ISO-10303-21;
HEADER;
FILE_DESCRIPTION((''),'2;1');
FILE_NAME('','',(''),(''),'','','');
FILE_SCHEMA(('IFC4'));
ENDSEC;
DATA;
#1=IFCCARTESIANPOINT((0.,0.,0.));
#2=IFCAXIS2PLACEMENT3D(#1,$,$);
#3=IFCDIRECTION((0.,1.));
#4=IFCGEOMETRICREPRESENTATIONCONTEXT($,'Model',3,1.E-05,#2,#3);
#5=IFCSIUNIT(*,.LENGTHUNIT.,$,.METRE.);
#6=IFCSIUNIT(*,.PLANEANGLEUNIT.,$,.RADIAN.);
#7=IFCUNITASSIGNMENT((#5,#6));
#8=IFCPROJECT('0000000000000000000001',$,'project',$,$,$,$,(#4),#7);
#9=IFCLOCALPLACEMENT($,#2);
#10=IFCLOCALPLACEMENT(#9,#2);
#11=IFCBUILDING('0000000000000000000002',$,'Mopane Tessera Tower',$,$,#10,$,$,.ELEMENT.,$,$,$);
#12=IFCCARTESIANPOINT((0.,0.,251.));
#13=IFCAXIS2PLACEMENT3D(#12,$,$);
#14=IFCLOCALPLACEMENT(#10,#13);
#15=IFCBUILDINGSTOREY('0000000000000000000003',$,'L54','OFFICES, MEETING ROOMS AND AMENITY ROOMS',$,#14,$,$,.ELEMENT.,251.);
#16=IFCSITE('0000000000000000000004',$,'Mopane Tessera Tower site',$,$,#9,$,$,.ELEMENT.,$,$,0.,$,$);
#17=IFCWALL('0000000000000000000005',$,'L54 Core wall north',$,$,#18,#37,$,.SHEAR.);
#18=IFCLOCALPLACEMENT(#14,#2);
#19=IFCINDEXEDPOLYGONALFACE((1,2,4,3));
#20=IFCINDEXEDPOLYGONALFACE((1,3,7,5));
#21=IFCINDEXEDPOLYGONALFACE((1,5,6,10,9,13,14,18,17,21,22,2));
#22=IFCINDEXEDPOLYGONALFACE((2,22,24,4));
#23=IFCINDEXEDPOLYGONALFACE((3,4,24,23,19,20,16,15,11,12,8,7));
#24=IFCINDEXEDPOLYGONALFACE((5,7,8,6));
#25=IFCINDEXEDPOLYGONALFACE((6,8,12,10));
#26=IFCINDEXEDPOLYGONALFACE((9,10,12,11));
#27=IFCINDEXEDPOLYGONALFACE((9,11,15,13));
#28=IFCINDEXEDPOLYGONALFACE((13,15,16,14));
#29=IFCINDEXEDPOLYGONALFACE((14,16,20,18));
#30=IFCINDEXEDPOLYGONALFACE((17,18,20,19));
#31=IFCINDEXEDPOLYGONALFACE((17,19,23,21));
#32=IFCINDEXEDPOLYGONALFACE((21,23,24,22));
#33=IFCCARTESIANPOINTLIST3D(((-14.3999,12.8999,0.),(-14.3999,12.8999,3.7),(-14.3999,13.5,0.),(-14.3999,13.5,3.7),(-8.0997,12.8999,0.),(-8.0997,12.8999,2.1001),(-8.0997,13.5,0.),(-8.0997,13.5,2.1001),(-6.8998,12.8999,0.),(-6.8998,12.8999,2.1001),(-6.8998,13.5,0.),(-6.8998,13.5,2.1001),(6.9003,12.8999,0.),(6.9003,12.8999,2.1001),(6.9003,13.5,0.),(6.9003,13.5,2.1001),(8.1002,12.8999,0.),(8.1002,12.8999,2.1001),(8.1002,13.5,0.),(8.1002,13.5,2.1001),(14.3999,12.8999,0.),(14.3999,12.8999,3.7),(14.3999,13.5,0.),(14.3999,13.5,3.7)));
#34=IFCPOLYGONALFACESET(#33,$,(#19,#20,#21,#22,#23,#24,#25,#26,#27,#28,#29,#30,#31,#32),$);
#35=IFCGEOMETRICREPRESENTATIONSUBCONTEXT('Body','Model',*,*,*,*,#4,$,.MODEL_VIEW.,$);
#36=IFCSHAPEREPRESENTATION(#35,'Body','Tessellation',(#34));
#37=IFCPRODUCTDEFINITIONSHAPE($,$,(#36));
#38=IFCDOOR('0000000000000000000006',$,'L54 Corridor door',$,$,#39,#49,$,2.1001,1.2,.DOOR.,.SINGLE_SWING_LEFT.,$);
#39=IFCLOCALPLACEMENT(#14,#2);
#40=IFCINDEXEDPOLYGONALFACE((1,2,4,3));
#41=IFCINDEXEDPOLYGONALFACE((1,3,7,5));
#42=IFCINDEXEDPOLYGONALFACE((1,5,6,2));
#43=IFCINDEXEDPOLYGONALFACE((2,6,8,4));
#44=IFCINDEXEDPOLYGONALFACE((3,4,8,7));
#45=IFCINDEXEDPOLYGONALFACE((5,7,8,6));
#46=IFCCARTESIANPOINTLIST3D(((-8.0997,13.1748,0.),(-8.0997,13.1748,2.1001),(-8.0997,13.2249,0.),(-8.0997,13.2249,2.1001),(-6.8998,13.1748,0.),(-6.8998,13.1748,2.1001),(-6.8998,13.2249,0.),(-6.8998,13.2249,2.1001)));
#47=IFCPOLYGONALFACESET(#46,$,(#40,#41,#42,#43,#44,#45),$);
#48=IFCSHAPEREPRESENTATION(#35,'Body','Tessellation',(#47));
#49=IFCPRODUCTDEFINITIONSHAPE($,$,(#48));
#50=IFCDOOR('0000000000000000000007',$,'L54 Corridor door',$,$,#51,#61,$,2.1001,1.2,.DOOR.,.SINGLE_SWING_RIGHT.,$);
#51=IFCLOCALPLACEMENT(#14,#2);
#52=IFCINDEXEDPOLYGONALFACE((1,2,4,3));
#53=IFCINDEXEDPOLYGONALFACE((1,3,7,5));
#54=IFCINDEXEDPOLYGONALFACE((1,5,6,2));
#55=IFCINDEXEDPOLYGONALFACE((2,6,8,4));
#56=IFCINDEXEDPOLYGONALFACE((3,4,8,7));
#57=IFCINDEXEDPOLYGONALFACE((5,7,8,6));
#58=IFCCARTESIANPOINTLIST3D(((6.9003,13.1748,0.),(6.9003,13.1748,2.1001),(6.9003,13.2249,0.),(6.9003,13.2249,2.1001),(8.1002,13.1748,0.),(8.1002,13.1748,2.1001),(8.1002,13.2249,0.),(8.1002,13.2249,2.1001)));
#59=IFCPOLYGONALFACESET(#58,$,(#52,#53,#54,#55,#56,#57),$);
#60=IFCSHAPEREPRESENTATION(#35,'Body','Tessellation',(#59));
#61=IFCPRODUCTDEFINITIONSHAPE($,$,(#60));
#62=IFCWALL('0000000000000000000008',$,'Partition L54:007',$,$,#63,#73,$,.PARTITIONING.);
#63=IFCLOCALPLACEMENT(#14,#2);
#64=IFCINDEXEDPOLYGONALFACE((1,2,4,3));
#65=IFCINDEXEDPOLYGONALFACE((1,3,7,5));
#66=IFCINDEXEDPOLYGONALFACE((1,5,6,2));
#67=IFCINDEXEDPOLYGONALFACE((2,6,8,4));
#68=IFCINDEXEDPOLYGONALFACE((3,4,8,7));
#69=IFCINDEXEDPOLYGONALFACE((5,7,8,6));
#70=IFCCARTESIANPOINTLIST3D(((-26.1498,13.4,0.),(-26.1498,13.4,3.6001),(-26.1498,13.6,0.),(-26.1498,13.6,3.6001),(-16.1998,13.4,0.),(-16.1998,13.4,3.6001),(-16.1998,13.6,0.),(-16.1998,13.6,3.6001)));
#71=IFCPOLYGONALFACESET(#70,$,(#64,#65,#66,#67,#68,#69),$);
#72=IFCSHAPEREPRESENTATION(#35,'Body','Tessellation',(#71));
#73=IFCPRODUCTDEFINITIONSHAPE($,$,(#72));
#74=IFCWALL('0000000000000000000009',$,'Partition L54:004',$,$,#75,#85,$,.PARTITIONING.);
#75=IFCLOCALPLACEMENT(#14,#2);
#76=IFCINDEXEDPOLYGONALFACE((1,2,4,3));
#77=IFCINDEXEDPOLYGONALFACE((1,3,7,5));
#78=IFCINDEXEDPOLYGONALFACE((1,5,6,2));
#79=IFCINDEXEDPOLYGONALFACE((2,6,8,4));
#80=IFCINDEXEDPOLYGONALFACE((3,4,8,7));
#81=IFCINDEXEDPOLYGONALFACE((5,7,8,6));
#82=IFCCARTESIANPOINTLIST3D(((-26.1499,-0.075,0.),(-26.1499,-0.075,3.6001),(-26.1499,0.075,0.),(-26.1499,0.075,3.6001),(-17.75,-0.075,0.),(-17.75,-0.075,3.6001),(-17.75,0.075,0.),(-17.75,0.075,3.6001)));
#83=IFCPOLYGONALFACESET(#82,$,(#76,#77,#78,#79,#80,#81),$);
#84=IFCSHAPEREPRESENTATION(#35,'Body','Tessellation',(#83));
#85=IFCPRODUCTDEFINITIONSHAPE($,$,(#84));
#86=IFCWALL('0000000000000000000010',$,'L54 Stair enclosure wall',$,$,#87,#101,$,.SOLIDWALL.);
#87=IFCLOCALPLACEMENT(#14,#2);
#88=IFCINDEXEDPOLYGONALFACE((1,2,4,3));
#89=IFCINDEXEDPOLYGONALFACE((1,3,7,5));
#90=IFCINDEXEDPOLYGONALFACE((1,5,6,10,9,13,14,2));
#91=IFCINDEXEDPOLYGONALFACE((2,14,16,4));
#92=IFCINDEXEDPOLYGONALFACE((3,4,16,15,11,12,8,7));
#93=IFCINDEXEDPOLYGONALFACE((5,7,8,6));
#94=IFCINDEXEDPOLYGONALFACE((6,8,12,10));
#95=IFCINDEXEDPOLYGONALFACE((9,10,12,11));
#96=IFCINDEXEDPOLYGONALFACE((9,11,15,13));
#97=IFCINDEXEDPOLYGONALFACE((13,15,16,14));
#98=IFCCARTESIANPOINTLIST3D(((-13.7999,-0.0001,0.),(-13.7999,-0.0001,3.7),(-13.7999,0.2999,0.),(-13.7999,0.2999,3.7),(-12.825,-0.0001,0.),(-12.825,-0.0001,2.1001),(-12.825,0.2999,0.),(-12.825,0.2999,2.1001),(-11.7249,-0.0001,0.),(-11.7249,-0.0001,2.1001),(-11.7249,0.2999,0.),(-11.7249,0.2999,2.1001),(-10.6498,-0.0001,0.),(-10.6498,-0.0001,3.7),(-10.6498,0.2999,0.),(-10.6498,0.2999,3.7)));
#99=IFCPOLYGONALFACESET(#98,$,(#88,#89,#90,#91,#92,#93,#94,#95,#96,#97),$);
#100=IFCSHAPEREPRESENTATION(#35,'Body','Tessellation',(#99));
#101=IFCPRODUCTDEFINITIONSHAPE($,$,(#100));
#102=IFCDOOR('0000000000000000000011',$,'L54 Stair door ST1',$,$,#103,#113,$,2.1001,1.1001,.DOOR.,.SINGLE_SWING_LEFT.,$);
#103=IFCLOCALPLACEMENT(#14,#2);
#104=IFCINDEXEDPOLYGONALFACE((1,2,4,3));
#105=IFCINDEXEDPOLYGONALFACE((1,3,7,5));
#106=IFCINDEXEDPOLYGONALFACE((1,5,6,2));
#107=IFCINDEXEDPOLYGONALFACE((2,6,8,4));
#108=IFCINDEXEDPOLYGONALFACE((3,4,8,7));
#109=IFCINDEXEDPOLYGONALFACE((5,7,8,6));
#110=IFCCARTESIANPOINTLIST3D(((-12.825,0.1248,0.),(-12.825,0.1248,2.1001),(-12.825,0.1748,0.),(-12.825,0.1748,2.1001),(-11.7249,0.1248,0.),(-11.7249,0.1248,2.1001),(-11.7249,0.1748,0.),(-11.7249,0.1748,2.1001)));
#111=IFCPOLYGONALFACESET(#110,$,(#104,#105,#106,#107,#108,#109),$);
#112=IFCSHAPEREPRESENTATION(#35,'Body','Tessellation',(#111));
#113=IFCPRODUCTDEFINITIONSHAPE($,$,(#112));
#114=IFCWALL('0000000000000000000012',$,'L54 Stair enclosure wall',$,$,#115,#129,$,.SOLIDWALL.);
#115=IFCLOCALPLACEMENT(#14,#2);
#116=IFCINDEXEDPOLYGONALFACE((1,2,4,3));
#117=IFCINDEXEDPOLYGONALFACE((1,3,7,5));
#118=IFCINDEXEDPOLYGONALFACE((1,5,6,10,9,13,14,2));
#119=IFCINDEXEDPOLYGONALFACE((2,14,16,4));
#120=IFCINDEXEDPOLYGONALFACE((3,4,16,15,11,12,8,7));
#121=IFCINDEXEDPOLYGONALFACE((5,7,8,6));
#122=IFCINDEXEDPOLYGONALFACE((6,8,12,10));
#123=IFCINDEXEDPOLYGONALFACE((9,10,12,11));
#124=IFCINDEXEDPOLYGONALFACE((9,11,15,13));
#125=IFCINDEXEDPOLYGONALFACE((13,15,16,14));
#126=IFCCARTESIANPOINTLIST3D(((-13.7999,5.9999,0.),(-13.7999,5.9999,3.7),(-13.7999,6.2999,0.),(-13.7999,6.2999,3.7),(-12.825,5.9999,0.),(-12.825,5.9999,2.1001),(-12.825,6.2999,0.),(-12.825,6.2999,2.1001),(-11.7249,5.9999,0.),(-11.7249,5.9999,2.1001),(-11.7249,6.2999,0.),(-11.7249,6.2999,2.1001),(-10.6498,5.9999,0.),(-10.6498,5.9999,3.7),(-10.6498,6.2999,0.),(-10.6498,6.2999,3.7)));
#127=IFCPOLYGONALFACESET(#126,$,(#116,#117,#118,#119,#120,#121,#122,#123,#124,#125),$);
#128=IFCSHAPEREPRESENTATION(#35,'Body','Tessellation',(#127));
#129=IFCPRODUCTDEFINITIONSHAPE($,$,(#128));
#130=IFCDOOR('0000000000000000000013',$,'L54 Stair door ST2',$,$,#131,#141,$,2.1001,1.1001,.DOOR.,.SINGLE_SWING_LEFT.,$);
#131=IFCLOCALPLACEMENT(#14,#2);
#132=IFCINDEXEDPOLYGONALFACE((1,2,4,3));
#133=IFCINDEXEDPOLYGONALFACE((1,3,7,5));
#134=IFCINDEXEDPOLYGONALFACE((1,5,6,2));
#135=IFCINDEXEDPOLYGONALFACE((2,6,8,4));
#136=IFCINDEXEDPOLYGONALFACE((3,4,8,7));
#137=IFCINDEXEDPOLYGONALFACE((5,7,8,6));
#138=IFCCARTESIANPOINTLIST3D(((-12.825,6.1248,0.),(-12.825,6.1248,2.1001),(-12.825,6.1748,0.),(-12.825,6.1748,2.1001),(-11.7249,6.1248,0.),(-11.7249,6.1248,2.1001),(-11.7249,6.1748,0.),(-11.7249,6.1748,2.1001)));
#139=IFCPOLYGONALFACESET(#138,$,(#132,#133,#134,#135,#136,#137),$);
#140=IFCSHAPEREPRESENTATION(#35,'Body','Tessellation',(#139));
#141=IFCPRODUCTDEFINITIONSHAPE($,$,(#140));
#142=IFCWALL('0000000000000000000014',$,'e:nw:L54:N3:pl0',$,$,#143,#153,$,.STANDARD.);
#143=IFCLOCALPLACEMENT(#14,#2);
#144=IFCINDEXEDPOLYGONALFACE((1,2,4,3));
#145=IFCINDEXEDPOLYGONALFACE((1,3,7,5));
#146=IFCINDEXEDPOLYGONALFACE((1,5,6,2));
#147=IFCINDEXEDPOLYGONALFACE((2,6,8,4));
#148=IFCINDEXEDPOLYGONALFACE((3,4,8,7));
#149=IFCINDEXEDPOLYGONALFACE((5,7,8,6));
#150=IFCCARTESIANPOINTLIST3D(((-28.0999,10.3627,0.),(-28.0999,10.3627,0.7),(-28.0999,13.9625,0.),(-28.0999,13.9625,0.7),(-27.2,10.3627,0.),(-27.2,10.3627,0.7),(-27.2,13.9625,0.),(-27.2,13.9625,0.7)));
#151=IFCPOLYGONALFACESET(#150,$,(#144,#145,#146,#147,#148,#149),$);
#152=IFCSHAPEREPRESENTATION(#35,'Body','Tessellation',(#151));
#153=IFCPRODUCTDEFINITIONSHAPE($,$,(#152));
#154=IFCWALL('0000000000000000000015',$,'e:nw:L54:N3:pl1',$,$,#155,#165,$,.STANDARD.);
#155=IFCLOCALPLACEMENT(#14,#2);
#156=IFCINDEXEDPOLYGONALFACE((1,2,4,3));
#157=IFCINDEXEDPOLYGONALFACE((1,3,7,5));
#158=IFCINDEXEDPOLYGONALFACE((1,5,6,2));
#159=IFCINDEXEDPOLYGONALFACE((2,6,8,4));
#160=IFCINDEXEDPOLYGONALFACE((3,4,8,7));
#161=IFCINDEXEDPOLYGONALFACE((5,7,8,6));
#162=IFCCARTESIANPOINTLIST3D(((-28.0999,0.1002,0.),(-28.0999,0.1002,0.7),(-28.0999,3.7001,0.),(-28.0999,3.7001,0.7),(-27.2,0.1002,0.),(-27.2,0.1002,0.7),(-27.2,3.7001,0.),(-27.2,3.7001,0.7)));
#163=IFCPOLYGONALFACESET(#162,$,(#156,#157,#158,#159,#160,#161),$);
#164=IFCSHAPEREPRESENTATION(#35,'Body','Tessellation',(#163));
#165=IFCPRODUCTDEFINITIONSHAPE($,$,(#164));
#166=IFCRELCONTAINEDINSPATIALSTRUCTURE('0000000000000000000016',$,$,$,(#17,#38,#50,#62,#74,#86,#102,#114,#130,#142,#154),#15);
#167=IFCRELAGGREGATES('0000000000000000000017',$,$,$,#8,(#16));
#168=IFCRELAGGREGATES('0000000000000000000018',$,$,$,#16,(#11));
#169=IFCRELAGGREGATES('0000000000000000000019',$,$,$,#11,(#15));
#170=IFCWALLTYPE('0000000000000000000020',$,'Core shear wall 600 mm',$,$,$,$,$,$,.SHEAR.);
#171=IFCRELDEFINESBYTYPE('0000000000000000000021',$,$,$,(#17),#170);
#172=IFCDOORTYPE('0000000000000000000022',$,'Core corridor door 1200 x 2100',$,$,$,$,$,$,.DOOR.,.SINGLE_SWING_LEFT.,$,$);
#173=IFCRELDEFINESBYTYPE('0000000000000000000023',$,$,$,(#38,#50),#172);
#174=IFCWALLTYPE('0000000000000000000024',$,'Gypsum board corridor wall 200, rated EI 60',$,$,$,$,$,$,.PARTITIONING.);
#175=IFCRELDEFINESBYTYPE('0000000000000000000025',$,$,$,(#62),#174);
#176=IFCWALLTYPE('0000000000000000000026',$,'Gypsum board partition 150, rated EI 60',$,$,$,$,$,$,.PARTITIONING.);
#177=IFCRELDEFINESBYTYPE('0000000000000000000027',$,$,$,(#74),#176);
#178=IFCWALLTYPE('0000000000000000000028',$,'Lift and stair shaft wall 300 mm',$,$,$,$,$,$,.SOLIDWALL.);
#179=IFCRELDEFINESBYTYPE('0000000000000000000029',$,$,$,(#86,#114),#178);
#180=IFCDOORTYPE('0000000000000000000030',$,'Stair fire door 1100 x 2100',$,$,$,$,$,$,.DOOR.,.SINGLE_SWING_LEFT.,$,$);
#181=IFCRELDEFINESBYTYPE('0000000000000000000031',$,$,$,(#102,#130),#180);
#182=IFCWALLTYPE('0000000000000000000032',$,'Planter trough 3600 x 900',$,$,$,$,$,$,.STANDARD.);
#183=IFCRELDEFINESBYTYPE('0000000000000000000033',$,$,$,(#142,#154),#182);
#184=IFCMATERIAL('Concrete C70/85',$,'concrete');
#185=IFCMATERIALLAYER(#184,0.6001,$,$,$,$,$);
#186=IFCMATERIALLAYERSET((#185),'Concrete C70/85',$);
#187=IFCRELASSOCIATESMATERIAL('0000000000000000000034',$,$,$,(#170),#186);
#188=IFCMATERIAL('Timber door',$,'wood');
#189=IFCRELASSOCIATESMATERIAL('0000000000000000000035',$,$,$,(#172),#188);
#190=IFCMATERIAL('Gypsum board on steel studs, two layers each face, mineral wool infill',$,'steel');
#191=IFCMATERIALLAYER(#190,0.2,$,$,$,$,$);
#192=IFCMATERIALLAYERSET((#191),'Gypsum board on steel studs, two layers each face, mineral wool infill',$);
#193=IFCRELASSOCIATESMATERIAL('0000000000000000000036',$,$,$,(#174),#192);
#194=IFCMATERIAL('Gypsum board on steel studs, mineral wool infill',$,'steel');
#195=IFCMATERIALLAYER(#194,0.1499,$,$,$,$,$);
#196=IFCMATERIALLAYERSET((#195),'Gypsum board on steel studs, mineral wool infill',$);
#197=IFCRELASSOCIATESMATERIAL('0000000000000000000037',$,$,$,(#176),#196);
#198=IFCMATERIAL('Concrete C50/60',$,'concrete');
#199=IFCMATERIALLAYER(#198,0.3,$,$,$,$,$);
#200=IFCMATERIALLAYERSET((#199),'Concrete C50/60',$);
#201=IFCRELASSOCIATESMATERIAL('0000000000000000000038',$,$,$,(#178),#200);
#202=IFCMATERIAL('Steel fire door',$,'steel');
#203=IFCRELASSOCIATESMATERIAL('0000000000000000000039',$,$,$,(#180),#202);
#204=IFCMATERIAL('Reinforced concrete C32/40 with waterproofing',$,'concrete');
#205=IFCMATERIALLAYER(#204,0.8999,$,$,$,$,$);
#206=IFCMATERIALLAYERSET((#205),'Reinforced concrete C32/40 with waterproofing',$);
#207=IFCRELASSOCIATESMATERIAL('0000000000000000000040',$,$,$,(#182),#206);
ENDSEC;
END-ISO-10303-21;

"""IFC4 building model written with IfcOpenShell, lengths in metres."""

from ifc_helpers import new_model, si_unit, direction, frame, frame_2d, origin, place, context, subcontext, project, spatial, rectangle, extrude, material, layer, layer_set, type_object, element, fill, save


model = new_model("IFC4")

# Units and contexts
model_context = context("Model", 3, precision=1e-05, world=origin(), true_north=direction((0.0, 1.0)))
body_context = subcontext(model_context, "Body", "Model", "MODEL_VIEW")
ifc_project = project(units=[si_unit("LENGTHUNIT", "METRE"), si_unit("PLANEANGLEUNIT", "RADIAN")], contexts=[model_context])

# Site, building, storey
site_placement = place(None, origin())
site = spatial("IfcSite", under=ifc_project, at=site_placement, Name="Mopane Tessera Tower site", CompositionType="ELEMENT", RefElevation=0.0)
building_placement = place(site_placement, origin())
building = spatial("IfcBuilding", under=site, at=building_placement, Name="Mopane Tessera Tower", CompositionType="ELEMENT")
storey_placement = place(building_placement, frame((0.0, 0.0, 251.0)))
storey = spatial("IfcBuildingStorey", under=building, at=storey_placement, Name="L54", Description="OFFICES, MEETING ROOMS AND AMENITY ROOMS", CompositionType="ELEMENT", Elevation=251.0)

# Wall, openings, doors
ifc_material_1 = material(Name="Concrete C70/85", Category="concrete")
ifc_layer_1 = layer(ifc_material_1, 0.6001)
ifc_layer_set_1 = layer_set([ifc_layer_1], Name="Concrete C70/85")
wall_type_1 = type_object("IfcWallType", Name="Core shear wall 600 mm", PredefinedType="SHEAR", material=ifc_layer_set_1)
wall_1_placement = place(storey_placement, frame((-14.3999, 13.2, 0.0), z_axis=(0.0, 0.0, 1.0), x_axis=(1.0, 0.0, 0.0)))
wall_1 = element("IfcWall", 1, at=wall_1_placement, inside=storey, type_object=wall_type_1, Name="L54 Core wall north", PredefinedType="SHEAR", context=body_context, shape_type="SweptSolid", body=[
    extrude(rectangle(XDim=28.7998, YDim=0.6001, at=frame_2d((14.3999, 0.0))), origin(), (0.0, 0.0, 1.0), 3.7),
])
opening_1_placement = place(wall_1_placement, frame((6.3, 0.0, 0.0)))
opening_1 = element("IfcOpeningElement", 2, at=opening_1_placement, cuts=wall_1, PredefinedType="OPENING", context=body_context, shape_type="SweptSolid", body=[
    extrude(rectangle(XDim=1.2, YDim=2.1001, at=frame_2d((0.6001, 1.05))), frame((0.0, 0.312, 0.0), z_axis=(0.0, -1.0, 0.0), x_axis=(1.0, 0.0, 0.0)), (0.0, 0.0, 1.0), 0.624),
])
opening_2_placement = place(wall_1_placement, frame((21.3, 0.0, 0.0)))
opening_2 = element("IfcOpeningElement", 3, at=opening_2_placement, cuts=wall_1, PredefinedType="OPENING", context=body_context, shape_type="SweptSolid", body=[
    extrude(rectangle(XDim=1.2, YDim=2.1001, at=frame_2d((0.6001, 1.05))), frame((0.0, 0.312, 0.0), z_axis=(0.0, -1.0, 0.0), x_axis=(1.0, 0.0, 0.0)), (0.0, 0.0, 1.0), 0.624),
])
ifc_material_2 = material(Name="Timber door", Category="wood")
door_type_1 = type_object("IfcDoorType", Name="Core corridor door 1200 x 2100", OperationType="SINGLE_SWING_LEFT", PredefinedType="DOOR", material=ifc_material_2)
door_1_placement = place(opening_1_placement, origin())
door_1 = element("IfcDoor", 4, at=door_1_placement, inside=storey, type_object=door_type_1, Name="L54 Corridor door", OperationType="SINGLE_SWING_LEFT", OverallHeight=2.1001, OverallWidth=1.2, PredefinedType="DOOR", context=body_context, shape_type="SweptSolid", body=[
    extrude(rectangle(XDim=1.2, YDim=2.1001, at=frame_2d((0.6001, 1.05))), frame((0.0, 0.0249, 0.0), z_axis=(0.0, -1.0, 0.0), x_axis=(1.0, 0.0, 0.0)), (0.0, 0.0, 1.0), 0.05),
])
fill(opening_1, door_1)
door_2_placement = place(opening_2_placement, origin())
door_2 = element("IfcDoor", 5, at=door_2_placement, inside=storey, type_object=door_type_1, Name="L54 Corridor door", OperationType="SINGLE_SWING_RIGHT", OverallHeight=2.1001, OverallWidth=1.2, PredefinedType="DOOR", context=body_context, shape_type="SweptSolid", body=[
    extrude(rectangle(XDim=1.2, YDim=2.1001, at=frame_2d((0.6001, 1.05))), frame((0.0, 0.0249, 0.0), z_axis=(0.0, -1.0, 0.0), x_axis=(1.0, 0.0, 0.0)), (0.0, 0.0, 1.0), 0.05),
])
fill(opening_2, door_2)

# Walls
ifc_material_3 = material(Name="Gypsum board on steel studs, two layers each face, mineral wool infill", Category="steel")
ifc_layer_2 = layer(ifc_material_3, 0.2)
ifc_layer_set_2 = layer_set([ifc_layer_2], Name="Gypsum board on steel studs, two layers each face, mineral wool infill")
wall_type_2 = type_object("IfcWallType", Name="Gypsum board corridor wall 200, rated EI 60", PredefinedType="PARTITIONING", material=ifc_layer_set_2)
wall_2_placement = place(storey_placement, frame((-26.1499, 13.5, 0.0), z_axis=(0.0, 0.0, 1.0), x_axis=(1.0, 0.0, 0.0)))
element("IfcWall", 6, at=wall_2_placement, inside=storey, type_object=wall_type_2, Name="Partition L54:007", PredefinedType="PARTITIONING", context=body_context, shape_type="SweptSolid", body=[
    extrude(rectangle(XDim=9.95, YDim=0.2, at=frame_2d((4.9751, 0.0))), origin(), (0.0, 0.0, 1.0), 3.6001),
])
ifc_material_4 = material(Name="Gypsum board on steel studs, mineral wool infill", Category="steel")
ifc_layer_3 = layer(ifc_material_4, 0.1499)
ifc_layer_set_3 = layer_set([ifc_layer_3], Name="Gypsum board on steel studs, mineral wool infill")
wall_type_3 = type_object("IfcWallType", Name="Gypsum board partition 150, rated EI 60", PredefinedType="PARTITIONING", material=ifc_layer_set_3)
wall_3_placement = place(storey_placement, frame((-26.1499, 0.0, 0.0), z_axis=(0.0, 0.0, 1.0), x_axis=(1.0, 0.0, 0.0)))
element("IfcWall", 7, at=wall_3_placement, inside=storey, type_object=wall_type_3, Name="Partition L54:004", PredefinedType="PARTITIONING", context=body_context, shape_type="SweptSolid", body=[
    extrude(rectangle(XDim=8.3999, YDim=0.1499, at=frame_2d((4.2, 0.0))), origin(), (0.0, 0.0, 1.0), 3.6001),
])

# Walls, openings, doors
ifc_material_5 = material(Name="Concrete C50/60", Category="concrete")
ifc_layer_4 = layer(ifc_material_5, 0.3)
ifc_layer_set_4 = layer_set([ifc_layer_4], Name="Concrete C50/60")
wall_type_4 = type_object("IfcWallType", Name="Lift and stair shaft wall 300 mm", PredefinedType="SOLIDWALL", material=ifc_layer_set_4)
wall_4_placement = place(storey_placement, frame((-13.8, 0.1499, 0.0), z_axis=(0.0, 0.0, 1.0), x_axis=(1.0, 0.0, 0.0)))
wall_4 = element("IfcWall", 8, at=wall_4_placement, inside=storey, type_object=wall_type_4, Name="L54 Stair enclosure wall", PredefinedType="SOLIDWALL", context=body_context, shape_type="SweptSolid", body=[
    extrude(rectangle(XDim=3.1501, YDim=0.3, at=frame_2d((1.5752, 0.0))), origin(), (0.0, 0.0, 1.0), 3.7),
])
opening_3_placement = place(wall_4_placement, frame((0.9751, 0.0, 0.0)))
opening_3 = element("IfcOpeningElement", 9, at=opening_3_placement, cuts=wall_4, PredefinedType="OPENING", context=body_context, shape_type="SweptSolid", body=[
    extrude(rectangle(XDim=1.1001, YDim=2.1001, at=frame_2d((0.55, 1.05))), frame((0.0, 0.1621, 0.0), z_axis=(0.0, -1.0, 0.0), x_axis=(1.0, 0.0, 0.0)), (0.0, 0.0, 1.0), 0.324),
])
ifc_material_6 = material(Name="Steel fire door", Category="steel")
door_type_2 = type_object("IfcDoorType", Name="Stair fire door 1100 x 2100", OperationType="SINGLE_SWING_LEFT", PredefinedType="DOOR", material=ifc_material_6)
door_3_placement = place(opening_3_placement, origin())
door_3 = element("IfcDoor", 10, at=door_3_placement, inside=storey, type_object=door_type_2, Name="L54 Stair door ST1", OperationType="SINGLE_SWING_LEFT", OverallHeight=2.1001, OverallWidth=1.1001, PredefinedType="DOOR", context=body_context, shape_type="SweptSolid", body=[
    extrude(rectangle(XDim=1.1001, YDim=2.1001, at=frame_2d((0.55, 1.05))), frame((0.0, 0.0249, 0.0), z_axis=(0.0, -1.0, 0.0), x_axis=(1.0, 0.0, 0.0)), (0.0, 0.0, 1.0), 0.05),
])
fill(opening_3, door_3)
wall_5_placement = place(storey_placement, frame((-13.8, 6.1499, 0.0), z_axis=(0.0, 0.0, 1.0), x_axis=(1.0, 0.0, 0.0)))
wall_5 = element("IfcWall", 11, at=wall_5_placement, inside=storey, type_object=wall_type_4, Name="L54 Stair enclosure wall", PredefinedType="SOLIDWALL", context=body_context, shape_type="SweptSolid", body=[
    extrude(rectangle(XDim=3.1501, YDim=0.3, at=frame_2d((1.5752, 0.0))), origin(), (0.0, 0.0, 1.0), 3.7),
])
opening_4_placement = place(wall_5_placement, frame((0.9751, 0.0, 0.0)))
opening_4 = element("IfcOpeningElement", 12, at=opening_4_placement, cuts=wall_5, PredefinedType="OPENING", context=body_context, shape_type="SweptSolid", body=[
    extrude(rectangle(XDim=1.1001, YDim=2.1001, at=frame_2d((0.55, 1.05))), frame((0.0, 0.1621, 0.0), z_axis=(0.0, -1.0, 0.0), x_axis=(1.0, 0.0, 0.0)), (0.0, 0.0, 1.0), 0.324),
])
door_4_placement = place(opening_4_placement, origin())
door_4 = element("IfcDoor", 13, at=door_4_placement, inside=storey, type_object=door_type_2, Name="L54 Stair door ST2", OperationType="SINGLE_SWING_LEFT", OverallHeight=2.1001, OverallWidth=1.1001, PredefinedType="DOOR", context=body_context, shape_type="SweptSolid", body=[
    extrude(rectangle(XDim=1.1001, YDim=2.1001, at=frame_2d((0.55, 1.05))), frame((0.0, 0.0249, 0.0), z_axis=(0.0, -1.0, 0.0), x_axis=(1.0, 0.0, 0.0)), (0.0, 0.0, 1.0), 0.05),
])
fill(opening_4, door_4)

# Walls
ifc_material_7 = material(Name="Reinforced concrete C32/40 with waterproofing", Category="concrete")
ifc_layer_5 = layer(ifc_material_7, 0.8999)
ifc_layer_set_5 = layer_set([ifc_layer_5], Name="Reinforced concrete C32/40 with waterproofing")
wall_type_5 = type_object("IfcWallType", Name="Planter trough 3600 x 900", PredefinedType="STANDARD", material=ifc_layer_set_5)
for number, where, z_axis, x_axis, name in (
    (14, (-27.6499, 13.9624, 0.0), (0.0, 0.0, 1.0), (0.0, -1.0, 0.0), "e:nw:L54:N3:pl0"),
    (15, (-27.6499, 3.7, 0.0), (0.0, 0.0, 1.0), (0.0, -1.0, 0.0), "e:nw:L54:N3:pl1"),
):
    element("IfcWall", number, at=place(storey_placement, frame(where, z_axis=z_axis, x_axis=x_axis)), inside=storey, type_object=wall_type_5, Name=name, PredefinedType="STANDARD", context=body_context, shape_type="SweptSolid", body=[
        extrude(rectangle(XDim=3.5999, YDim=0.8999, at=frame_2d((1.7998, 0.0))), origin(), (0.0, 0.0, 1.0), 0.7),
    ])

save(model, "model.ifc")
